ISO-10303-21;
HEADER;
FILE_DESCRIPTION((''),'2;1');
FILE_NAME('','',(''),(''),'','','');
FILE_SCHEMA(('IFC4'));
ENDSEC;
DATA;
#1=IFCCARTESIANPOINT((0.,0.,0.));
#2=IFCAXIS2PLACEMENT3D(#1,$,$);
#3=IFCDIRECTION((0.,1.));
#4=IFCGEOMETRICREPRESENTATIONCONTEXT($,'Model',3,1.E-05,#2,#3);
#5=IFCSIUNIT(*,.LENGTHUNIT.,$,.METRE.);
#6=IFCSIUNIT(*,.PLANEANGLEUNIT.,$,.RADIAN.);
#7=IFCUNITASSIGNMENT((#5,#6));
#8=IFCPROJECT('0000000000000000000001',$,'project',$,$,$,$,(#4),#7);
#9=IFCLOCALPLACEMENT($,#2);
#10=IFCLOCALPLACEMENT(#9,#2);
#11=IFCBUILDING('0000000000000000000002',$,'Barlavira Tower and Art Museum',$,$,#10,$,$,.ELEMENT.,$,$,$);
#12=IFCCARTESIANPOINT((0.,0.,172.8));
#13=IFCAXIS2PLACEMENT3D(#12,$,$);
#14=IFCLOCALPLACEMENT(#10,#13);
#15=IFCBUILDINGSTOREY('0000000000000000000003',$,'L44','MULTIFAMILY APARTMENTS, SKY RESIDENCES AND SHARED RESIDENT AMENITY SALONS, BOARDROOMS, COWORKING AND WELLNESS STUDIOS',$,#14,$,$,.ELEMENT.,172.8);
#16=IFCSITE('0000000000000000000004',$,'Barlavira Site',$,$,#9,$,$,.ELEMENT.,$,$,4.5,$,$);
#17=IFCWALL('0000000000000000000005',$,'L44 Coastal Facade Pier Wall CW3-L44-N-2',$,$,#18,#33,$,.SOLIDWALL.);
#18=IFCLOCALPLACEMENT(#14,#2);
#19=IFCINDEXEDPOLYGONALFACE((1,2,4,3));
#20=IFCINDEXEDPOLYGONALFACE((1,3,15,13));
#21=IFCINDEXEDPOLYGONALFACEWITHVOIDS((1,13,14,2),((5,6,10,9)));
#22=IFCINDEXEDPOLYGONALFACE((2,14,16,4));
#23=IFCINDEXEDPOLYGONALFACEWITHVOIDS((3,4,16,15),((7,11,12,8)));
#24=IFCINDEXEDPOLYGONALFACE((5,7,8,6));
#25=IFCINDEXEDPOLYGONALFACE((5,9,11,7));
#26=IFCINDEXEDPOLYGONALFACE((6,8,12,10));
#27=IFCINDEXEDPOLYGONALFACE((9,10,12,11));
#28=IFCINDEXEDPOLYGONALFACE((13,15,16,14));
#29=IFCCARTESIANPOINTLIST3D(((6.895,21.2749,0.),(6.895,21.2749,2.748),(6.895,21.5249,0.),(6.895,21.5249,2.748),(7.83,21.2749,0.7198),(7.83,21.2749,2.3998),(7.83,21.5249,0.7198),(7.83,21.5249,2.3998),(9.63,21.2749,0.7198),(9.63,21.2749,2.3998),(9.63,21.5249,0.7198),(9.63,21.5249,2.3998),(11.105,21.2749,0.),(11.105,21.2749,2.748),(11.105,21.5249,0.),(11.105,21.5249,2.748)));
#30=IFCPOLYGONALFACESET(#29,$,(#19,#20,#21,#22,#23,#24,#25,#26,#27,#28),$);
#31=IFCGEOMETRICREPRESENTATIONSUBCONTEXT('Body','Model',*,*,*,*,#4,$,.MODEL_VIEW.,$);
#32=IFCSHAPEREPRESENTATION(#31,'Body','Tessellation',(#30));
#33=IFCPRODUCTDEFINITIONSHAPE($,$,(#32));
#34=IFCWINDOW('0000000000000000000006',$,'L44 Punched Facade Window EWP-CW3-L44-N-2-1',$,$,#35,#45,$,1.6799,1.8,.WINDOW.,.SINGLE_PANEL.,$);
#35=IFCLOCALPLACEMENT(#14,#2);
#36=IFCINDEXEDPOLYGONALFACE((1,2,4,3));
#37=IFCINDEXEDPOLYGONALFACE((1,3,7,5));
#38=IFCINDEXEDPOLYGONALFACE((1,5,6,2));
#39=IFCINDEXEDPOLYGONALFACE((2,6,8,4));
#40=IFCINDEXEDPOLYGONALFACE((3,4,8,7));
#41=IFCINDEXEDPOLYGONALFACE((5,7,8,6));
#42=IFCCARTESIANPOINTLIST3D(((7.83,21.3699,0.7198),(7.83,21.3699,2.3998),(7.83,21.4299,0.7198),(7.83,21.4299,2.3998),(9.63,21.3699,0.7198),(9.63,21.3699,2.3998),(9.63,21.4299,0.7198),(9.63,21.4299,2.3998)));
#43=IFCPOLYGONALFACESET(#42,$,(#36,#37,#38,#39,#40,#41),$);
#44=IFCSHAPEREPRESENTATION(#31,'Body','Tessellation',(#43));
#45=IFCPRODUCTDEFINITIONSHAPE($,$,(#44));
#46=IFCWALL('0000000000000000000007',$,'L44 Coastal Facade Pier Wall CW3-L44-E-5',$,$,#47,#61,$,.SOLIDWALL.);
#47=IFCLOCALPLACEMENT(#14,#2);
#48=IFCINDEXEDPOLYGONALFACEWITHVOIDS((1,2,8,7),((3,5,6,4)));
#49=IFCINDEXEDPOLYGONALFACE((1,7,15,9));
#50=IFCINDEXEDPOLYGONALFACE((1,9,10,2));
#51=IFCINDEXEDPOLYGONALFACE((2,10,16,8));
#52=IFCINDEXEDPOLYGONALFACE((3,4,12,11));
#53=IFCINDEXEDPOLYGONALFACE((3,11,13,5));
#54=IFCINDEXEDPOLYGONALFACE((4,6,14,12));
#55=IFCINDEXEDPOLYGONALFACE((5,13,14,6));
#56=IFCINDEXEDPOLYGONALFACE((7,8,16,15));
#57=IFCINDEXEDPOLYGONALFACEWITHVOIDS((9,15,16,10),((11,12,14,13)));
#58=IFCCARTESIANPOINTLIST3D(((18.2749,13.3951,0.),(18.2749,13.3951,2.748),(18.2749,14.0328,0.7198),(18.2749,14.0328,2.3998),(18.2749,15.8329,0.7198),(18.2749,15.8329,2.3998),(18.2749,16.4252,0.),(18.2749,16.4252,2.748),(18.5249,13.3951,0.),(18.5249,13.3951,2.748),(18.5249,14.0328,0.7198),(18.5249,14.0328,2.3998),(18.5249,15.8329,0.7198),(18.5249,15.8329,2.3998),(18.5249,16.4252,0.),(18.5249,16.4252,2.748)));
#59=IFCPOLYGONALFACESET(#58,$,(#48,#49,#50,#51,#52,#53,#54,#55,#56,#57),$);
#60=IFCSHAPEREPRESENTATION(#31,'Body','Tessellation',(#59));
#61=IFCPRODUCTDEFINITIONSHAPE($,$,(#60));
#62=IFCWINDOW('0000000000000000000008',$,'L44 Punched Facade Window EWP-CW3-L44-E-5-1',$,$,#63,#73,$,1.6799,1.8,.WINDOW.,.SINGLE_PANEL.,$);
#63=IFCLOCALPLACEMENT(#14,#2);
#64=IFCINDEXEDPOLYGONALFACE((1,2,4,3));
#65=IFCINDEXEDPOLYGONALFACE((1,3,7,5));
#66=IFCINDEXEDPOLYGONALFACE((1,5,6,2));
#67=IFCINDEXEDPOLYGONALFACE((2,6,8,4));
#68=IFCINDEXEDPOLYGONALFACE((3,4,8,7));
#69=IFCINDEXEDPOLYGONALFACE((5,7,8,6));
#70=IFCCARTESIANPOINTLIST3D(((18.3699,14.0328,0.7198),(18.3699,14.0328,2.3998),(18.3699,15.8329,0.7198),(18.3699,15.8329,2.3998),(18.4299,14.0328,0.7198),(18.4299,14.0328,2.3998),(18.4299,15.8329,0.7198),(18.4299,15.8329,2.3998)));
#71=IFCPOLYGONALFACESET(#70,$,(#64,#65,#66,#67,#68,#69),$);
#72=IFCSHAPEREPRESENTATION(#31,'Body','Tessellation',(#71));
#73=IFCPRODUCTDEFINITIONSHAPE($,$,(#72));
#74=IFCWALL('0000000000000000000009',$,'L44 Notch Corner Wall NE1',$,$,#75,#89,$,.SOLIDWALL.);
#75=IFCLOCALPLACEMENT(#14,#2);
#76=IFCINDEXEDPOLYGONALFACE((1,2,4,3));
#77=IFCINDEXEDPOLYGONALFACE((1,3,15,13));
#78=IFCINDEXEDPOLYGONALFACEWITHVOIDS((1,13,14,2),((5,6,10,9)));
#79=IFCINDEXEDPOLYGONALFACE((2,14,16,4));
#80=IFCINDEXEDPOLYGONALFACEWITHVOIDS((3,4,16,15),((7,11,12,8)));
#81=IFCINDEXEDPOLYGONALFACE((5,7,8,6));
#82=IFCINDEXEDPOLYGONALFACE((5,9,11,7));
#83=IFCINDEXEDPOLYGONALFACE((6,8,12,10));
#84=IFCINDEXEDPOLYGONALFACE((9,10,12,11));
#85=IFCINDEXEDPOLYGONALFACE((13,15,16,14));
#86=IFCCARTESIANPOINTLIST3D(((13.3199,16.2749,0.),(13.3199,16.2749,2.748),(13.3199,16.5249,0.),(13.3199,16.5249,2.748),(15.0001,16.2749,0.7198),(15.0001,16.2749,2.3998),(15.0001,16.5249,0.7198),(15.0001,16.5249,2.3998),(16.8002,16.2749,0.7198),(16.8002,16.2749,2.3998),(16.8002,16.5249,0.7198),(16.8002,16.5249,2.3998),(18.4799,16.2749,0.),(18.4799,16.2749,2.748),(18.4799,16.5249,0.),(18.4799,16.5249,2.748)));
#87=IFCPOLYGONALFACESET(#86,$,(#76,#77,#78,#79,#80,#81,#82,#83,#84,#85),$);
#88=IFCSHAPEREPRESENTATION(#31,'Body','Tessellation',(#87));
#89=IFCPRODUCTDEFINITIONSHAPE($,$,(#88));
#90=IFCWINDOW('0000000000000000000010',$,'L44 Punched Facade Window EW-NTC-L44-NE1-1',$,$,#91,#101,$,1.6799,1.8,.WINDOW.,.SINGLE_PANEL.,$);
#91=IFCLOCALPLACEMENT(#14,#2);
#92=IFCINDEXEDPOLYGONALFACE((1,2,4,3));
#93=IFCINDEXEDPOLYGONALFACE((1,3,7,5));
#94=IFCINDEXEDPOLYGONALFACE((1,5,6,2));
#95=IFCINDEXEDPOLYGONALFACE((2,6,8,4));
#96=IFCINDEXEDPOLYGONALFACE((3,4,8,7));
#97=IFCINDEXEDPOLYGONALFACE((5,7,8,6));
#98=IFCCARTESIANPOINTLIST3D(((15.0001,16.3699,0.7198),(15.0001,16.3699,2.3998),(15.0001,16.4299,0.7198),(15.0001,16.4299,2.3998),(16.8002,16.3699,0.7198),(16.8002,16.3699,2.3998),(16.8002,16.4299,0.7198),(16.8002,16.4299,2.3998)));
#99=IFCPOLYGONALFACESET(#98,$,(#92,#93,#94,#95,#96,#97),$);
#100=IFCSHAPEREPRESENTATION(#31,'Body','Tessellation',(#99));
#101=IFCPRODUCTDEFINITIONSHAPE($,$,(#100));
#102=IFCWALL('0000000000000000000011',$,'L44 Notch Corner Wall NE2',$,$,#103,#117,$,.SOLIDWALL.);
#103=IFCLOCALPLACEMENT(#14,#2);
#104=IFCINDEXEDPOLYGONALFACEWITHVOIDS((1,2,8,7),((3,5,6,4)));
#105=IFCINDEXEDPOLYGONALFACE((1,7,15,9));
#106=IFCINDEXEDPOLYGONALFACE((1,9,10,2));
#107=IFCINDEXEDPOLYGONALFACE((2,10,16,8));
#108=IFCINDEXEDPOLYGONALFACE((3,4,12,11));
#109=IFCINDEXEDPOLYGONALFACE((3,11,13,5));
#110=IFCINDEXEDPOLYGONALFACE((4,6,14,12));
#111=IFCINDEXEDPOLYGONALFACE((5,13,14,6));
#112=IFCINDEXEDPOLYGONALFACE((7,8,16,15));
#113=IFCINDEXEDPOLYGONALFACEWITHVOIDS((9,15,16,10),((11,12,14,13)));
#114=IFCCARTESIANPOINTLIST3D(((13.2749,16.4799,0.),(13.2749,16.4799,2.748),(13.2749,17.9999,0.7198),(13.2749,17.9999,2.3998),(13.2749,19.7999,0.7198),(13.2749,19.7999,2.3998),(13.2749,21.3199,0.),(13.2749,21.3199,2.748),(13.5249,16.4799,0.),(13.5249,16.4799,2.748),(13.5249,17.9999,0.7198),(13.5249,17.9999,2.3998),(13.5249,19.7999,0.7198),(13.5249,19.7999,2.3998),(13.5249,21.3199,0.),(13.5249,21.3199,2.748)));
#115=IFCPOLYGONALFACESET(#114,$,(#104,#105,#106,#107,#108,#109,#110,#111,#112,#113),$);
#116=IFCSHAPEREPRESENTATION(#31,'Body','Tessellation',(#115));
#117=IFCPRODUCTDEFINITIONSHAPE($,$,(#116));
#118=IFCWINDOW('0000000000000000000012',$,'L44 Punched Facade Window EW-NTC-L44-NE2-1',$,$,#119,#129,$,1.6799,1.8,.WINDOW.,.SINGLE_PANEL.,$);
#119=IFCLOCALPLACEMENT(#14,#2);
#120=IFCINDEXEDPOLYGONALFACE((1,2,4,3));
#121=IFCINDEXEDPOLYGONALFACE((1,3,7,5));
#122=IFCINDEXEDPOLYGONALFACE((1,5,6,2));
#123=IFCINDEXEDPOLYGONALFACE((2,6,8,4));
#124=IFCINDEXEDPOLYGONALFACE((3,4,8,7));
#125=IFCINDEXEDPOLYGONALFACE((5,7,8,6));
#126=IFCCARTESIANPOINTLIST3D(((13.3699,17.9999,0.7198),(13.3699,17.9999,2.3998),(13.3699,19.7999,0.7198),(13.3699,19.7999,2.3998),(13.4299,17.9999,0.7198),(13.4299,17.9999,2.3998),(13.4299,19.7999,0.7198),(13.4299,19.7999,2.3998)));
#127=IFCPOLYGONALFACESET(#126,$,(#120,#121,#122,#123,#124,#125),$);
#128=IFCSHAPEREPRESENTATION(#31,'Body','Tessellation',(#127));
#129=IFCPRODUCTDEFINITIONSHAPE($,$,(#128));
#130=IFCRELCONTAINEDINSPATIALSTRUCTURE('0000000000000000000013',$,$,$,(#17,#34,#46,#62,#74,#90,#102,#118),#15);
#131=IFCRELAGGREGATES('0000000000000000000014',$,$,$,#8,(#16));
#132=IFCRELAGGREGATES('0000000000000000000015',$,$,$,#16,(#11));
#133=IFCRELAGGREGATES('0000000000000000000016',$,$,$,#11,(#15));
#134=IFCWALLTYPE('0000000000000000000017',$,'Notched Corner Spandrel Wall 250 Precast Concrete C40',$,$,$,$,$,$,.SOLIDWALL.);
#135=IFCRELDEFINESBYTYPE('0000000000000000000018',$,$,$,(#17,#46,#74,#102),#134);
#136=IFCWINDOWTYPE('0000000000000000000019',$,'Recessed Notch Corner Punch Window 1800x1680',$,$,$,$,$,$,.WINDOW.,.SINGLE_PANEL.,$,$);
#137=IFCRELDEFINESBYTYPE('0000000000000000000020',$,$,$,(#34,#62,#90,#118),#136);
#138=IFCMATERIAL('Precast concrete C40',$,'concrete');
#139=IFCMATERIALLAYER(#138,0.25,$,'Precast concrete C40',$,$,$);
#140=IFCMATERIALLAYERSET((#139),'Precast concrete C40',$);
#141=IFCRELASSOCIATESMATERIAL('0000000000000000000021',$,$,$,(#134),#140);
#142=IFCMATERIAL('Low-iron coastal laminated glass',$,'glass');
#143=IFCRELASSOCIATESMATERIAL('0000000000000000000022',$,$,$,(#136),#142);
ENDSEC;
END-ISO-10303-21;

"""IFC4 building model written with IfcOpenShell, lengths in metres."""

from ifc_helpers import new_model, si_unit, direction, frame, frame_2d, origin, place, context, subcontext, project, spatial, rectangle, extrude, material, layer, layer_set, type_object, element, fill, save


model = new_model("IFC4")

# Units and contexts
model_context = context("Model", 3, precision=1e-05, world=origin(), true_north=direction((0.0, 1.0)))
body_context = subcontext(model_context, "Body", "Model", "MODEL_VIEW")
ifc_project = project(units=[si_unit("LENGTHUNIT", "METRE"), si_unit("PLANEANGLEUNIT", "RADIAN")], contexts=[model_context])

# Site, building, storey
site_placement = place(None, origin())
site = spatial("IfcSite", under=ifc_project, at=site_placement, Name="Barlavira Site", CompositionType="ELEMENT", RefElevation=4.5)
building_placement = place(site_placement, origin())
building = spatial("IfcBuilding", under=site, at=building_placement, Name="Barlavira Tower and Art Museum", CompositionType="ELEMENT")
storey_placement = place(building_placement, frame((0.0, 0.0, 172.8)))
storey = spatial("IfcBuildingStorey", under=building, at=storey_placement, Name="L44", Description="MULTIFAMILY APARTMENTS, SKY RESIDENCES AND SHARED RESIDENT AMENITY SALONS, BOARDROOMS, COWORKING AND WELLNESS STUDIOS", CompositionType="ELEMENT", Elevation=172.8)

# Walls, openings, windows
ifc_material_1 = material(Name="Precast concrete C40", Category="concrete")
ifc_layer_1 = layer(ifc_material_1, 0.25, Name="Precast concrete C40")
ifc_layer_set_1 = layer_set([ifc_layer_1], Name="Precast concrete C40")
wall_type_1 = type_object("IfcWallType", Name="Notched Corner Spandrel Wall 250 Precast Concrete C40", PredefinedType="SOLIDWALL", material=ifc_layer_set_1)
ifc_material_2 = material(Name="Low-iron coastal laminated glass", Category="glass")
wall_1_placement = place(storey_placement, frame((11.105, 21.3999, 0.0), z_axis=(0.0, 0.0, 1.0), x_axis=(-1.0, 0.0, 0.0)))
wall_1 = element("IfcWall", 1, at=wall_1_placement, inside=storey, type_object=wall_type_1, Name="L44 Coastal Facade Pier Wall CW3-L44-N-2", PredefinedType="SOLIDWALL", context=body_context, shape_type="SweptSolid", body=[
    extrude(rectangle(XDim=4.21, YDim=0.25, at=frame_2d((2.105, 0.0))), origin(), (0.0, 0.0, 1.0), 2.748),
])
opening_1_placement = place(wall_1_placement, frame((1.4751, 0.0, 0.72)))
opening_1 = element("IfcOpeningElement", 2, at=opening_1_placement, cuts=wall_1, PredefinedType="OPENING", context=body_context, shape_type="SweptSolid", body=[
    extrude(rectangle(XDim=1.8, YDim=1.6799, at=frame_2d((0.8999, 0.8398))), frame((0.0, 0.135, 0.0), z_axis=(0.0, -1.0, 0.0), x_axis=(1.0, 0.0, 0.0)), (0.0, 0.0, 1.0), 0.27),
])
window_type_1 = type_object("IfcWindowType", Name="Recessed Notch Corner Punch Window 1800x1680", PartitioningType="SINGLE_PANEL", PredefinedType="WINDOW", material=ifc_material_2)
window_1_placement = place(opening_1_placement, origin())
window_1 = element("IfcWindow", 3, at=window_1_placement, inside=storey, type_object=window_type_1, Name="L44 Punched Facade Window EWP-CW3-L44-N-2-1", OverallHeight=1.6799, OverallWidth=1.8, PartitioningType="SINGLE_PANEL", PredefinedType="WINDOW", context=body_context, shape_type="SweptSolid", body=[
    extrude(rectangle(XDim=1.8, YDim=1.6799, at=frame_2d((0.8999, 0.8398))), frame((0.0, 0.03, 0.0), z_axis=(0.0, -1.0, 0.0), x_axis=(1.0, 0.0, 0.0)), (0.0, 0.0, 1.0), 0.0601),
])
fill(opening_1, window_1)
wall_2_placement = place(storey_placement, frame((18.3999, 13.395, 0.0), z_axis=(0.0, 0.0, 1.0), x_axis=(0.0, 1.0, 0.0)))
wall_2 = element("IfcWall", 4, at=wall_2_placement, inside=storey, type_object=wall_type_1, Name="L44 Coastal Facade Pier Wall CW3-L44-E-5", PredefinedType="SOLIDWALL", context=body_context, shape_type="SweptSolid", body=[
    extrude(rectangle(XDim=3.03, YDim=0.25, at=frame_2d((1.5151, 0.0))), origin(), (0.0, 0.0, 1.0), 2.748),
])
opening_2_placement = place(wall_2_placement, frame((0.6379, 0.0, 0.72)))
opening_2 = element("IfcOpeningElement", 5, at=opening_2_placement, cuts=wall_2, PredefinedType="OPENING", context=body_context, shape_type="SweptSolid", body=[
    extrude(rectangle(XDim=1.8, YDim=1.6799, at=frame_2d((0.8999, 0.8398))), frame((0.0, 0.135, 0.0), z_axis=(0.0, -1.0, 0.0), x_axis=(1.0, 0.0, 0.0)), (0.0, 0.0, 1.0), 0.27),
])
window_2_placement = place(opening_2_placement, origin())
window_2 = element("IfcWindow", 6, at=window_2_placement, inside=storey, type_object=window_type_1, Name="L44 Punched Facade Window EWP-CW3-L44-E-5-1", OverallHeight=1.6799, OverallWidth=1.8, PartitioningType="SINGLE_PANEL", PredefinedType="WINDOW", context=body_context, shape_type="SweptSolid", body=[
    extrude(rectangle(XDim=1.8, YDim=1.6799, at=frame_2d((0.8999, 0.8398))), frame((0.0, 0.03, 0.0), z_axis=(0.0, -1.0, 0.0), x_axis=(1.0, 0.0, 0.0)), (0.0, 0.0, 1.0), 0.0601),
])
fill(opening_2, window_2)
wall_3_placement = place(storey_placement, frame((18.48, 16.3999, 0.0), z_axis=(0.0, 0.0, 1.0), x_axis=(-1.0, 0.0, 0.0)))
wall_3 = element("IfcWall", 7, at=wall_3_placement, inside=storey, type_object=wall_type_1, Name="L44 Notch Corner Wall NE1", PredefinedType="SOLIDWALL", context=body_context, shape_type="SweptSolid", body=[
    extrude(rectangle(XDim=5.1599, YDim=0.25, at=frame_2d((2.5801, 0.0))), origin(), (0.0, 0.0, 1.0), 2.748),
])
opening_3_placement = place(wall_3_placement, frame((1.6799, 0.0, 0.72)))
opening_3 = element("IfcOpeningElement", 8, at=opening_3_placement, cuts=wall_3, PredefinedType="OPENING", context=body_context, shape_type="SweptSolid", body=[
    extrude(rectangle(XDim=1.8, YDim=1.6799, at=frame_2d((0.8999, 0.8398))), frame((0.0, 0.135, 0.0), z_axis=(0.0, -1.0, 0.0), x_axis=(1.0, 0.0, 0.0)), (0.0, 0.0, 1.0), 0.27),
])
window_3_placement = place(opening_3_placement, origin())
window_3 = element("IfcWindow", 9, at=window_3_placement, inside=storey, type_object=window_type_1, Name="L44 Punched Facade Window EW-NTC-L44-NE1-1", OverallHeight=1.6799, OverallWidth=1.8, PartitioningType="SINGLE_PANEL", PredefinedType="WINDOW", context=body_context, shape_type="SweptSolid", body=[
    extrude(rectangle(XDim=1.8, YDim=1.6799, at=frame_2d((0.8999, 0.8398))), frame((0.0, 0.03, 0.0), z_axis=(0.0, -1.0, 0.0), x_axis=(1.0, 0.0, 0.0)), (0.0, 0.0, 1.0), 0.0601),
])
fill(opening_3, window_3)
wall_4_placement = place(storey_placement, frame((13.3999, 16.48, 0.0), z_axis=(0.0, 0.0, 1.0), x_axis=(0.0, 1.0, 0.0)))
wall_4 = element("IfcWall", 10, at=wall_4_placement, inside=storey, type_object=wall_type_1, Name="L44 Notch Corner Wall NE2", PredefinedType="SOLIDWALL", context=body_context, shape_type="SweptSolid", body=[
    extrude(rectangle(XDim=4.8401, YDim=0.25, at=frame_2d((2.4199, 0.0))), origin(), (0.0, 0.0, 1.0), 2.748),
])
opening_4_placement = place(wall_4_placement, frame((1.52, 0.0, 0.72)))
opening_4 = element("IfcOpeningElement", 11, at=opening_4_placement, cuts=wall_4, PredefinedType="OPENING", context=body_context, shape_type="SweptSolid", body=[
    extrude(rectangle(XDim=1.8, YDim=1.6799, at=frame_2d((0.8999, 0.8398))), frame((0.0, 0.135, 0.0), z_axis=(0.0, -1.0, 0.0), x_axis=(1.0, 0.0, 0.0)), (0.0, 0.0, 1.0), 0.27),
])
window_4_placement = place(opening_4_placement, origin())
window_4 = element("IfcWindow", 12, at=window_4_placement, inside=storey, type_object=window_type_1, Name="L44 Punched Facade Window EW-NTC-L44-NE2-1", OverallHeight=1.6799, OverallWidth=1.8, PartitioningType="SINGLE_PANEL", PredefinedType="WINDOW", context=body_context, shape_type="SweptSolid", body=[
    extrude(rectangle(XDim=1.8, YDim=1.6799, at=frame_2d((0.8999, 0.8398))), frame((0.0, 0.03, 0.0), z_axis=(0.0, -1.0, 0.0), x_axis=(1.0, 0.0, 0.0)), (0.0, 0.0, 1.0), 0.0601),
])
fill(opening_4, window_4)

save(model, "model.ifc")
